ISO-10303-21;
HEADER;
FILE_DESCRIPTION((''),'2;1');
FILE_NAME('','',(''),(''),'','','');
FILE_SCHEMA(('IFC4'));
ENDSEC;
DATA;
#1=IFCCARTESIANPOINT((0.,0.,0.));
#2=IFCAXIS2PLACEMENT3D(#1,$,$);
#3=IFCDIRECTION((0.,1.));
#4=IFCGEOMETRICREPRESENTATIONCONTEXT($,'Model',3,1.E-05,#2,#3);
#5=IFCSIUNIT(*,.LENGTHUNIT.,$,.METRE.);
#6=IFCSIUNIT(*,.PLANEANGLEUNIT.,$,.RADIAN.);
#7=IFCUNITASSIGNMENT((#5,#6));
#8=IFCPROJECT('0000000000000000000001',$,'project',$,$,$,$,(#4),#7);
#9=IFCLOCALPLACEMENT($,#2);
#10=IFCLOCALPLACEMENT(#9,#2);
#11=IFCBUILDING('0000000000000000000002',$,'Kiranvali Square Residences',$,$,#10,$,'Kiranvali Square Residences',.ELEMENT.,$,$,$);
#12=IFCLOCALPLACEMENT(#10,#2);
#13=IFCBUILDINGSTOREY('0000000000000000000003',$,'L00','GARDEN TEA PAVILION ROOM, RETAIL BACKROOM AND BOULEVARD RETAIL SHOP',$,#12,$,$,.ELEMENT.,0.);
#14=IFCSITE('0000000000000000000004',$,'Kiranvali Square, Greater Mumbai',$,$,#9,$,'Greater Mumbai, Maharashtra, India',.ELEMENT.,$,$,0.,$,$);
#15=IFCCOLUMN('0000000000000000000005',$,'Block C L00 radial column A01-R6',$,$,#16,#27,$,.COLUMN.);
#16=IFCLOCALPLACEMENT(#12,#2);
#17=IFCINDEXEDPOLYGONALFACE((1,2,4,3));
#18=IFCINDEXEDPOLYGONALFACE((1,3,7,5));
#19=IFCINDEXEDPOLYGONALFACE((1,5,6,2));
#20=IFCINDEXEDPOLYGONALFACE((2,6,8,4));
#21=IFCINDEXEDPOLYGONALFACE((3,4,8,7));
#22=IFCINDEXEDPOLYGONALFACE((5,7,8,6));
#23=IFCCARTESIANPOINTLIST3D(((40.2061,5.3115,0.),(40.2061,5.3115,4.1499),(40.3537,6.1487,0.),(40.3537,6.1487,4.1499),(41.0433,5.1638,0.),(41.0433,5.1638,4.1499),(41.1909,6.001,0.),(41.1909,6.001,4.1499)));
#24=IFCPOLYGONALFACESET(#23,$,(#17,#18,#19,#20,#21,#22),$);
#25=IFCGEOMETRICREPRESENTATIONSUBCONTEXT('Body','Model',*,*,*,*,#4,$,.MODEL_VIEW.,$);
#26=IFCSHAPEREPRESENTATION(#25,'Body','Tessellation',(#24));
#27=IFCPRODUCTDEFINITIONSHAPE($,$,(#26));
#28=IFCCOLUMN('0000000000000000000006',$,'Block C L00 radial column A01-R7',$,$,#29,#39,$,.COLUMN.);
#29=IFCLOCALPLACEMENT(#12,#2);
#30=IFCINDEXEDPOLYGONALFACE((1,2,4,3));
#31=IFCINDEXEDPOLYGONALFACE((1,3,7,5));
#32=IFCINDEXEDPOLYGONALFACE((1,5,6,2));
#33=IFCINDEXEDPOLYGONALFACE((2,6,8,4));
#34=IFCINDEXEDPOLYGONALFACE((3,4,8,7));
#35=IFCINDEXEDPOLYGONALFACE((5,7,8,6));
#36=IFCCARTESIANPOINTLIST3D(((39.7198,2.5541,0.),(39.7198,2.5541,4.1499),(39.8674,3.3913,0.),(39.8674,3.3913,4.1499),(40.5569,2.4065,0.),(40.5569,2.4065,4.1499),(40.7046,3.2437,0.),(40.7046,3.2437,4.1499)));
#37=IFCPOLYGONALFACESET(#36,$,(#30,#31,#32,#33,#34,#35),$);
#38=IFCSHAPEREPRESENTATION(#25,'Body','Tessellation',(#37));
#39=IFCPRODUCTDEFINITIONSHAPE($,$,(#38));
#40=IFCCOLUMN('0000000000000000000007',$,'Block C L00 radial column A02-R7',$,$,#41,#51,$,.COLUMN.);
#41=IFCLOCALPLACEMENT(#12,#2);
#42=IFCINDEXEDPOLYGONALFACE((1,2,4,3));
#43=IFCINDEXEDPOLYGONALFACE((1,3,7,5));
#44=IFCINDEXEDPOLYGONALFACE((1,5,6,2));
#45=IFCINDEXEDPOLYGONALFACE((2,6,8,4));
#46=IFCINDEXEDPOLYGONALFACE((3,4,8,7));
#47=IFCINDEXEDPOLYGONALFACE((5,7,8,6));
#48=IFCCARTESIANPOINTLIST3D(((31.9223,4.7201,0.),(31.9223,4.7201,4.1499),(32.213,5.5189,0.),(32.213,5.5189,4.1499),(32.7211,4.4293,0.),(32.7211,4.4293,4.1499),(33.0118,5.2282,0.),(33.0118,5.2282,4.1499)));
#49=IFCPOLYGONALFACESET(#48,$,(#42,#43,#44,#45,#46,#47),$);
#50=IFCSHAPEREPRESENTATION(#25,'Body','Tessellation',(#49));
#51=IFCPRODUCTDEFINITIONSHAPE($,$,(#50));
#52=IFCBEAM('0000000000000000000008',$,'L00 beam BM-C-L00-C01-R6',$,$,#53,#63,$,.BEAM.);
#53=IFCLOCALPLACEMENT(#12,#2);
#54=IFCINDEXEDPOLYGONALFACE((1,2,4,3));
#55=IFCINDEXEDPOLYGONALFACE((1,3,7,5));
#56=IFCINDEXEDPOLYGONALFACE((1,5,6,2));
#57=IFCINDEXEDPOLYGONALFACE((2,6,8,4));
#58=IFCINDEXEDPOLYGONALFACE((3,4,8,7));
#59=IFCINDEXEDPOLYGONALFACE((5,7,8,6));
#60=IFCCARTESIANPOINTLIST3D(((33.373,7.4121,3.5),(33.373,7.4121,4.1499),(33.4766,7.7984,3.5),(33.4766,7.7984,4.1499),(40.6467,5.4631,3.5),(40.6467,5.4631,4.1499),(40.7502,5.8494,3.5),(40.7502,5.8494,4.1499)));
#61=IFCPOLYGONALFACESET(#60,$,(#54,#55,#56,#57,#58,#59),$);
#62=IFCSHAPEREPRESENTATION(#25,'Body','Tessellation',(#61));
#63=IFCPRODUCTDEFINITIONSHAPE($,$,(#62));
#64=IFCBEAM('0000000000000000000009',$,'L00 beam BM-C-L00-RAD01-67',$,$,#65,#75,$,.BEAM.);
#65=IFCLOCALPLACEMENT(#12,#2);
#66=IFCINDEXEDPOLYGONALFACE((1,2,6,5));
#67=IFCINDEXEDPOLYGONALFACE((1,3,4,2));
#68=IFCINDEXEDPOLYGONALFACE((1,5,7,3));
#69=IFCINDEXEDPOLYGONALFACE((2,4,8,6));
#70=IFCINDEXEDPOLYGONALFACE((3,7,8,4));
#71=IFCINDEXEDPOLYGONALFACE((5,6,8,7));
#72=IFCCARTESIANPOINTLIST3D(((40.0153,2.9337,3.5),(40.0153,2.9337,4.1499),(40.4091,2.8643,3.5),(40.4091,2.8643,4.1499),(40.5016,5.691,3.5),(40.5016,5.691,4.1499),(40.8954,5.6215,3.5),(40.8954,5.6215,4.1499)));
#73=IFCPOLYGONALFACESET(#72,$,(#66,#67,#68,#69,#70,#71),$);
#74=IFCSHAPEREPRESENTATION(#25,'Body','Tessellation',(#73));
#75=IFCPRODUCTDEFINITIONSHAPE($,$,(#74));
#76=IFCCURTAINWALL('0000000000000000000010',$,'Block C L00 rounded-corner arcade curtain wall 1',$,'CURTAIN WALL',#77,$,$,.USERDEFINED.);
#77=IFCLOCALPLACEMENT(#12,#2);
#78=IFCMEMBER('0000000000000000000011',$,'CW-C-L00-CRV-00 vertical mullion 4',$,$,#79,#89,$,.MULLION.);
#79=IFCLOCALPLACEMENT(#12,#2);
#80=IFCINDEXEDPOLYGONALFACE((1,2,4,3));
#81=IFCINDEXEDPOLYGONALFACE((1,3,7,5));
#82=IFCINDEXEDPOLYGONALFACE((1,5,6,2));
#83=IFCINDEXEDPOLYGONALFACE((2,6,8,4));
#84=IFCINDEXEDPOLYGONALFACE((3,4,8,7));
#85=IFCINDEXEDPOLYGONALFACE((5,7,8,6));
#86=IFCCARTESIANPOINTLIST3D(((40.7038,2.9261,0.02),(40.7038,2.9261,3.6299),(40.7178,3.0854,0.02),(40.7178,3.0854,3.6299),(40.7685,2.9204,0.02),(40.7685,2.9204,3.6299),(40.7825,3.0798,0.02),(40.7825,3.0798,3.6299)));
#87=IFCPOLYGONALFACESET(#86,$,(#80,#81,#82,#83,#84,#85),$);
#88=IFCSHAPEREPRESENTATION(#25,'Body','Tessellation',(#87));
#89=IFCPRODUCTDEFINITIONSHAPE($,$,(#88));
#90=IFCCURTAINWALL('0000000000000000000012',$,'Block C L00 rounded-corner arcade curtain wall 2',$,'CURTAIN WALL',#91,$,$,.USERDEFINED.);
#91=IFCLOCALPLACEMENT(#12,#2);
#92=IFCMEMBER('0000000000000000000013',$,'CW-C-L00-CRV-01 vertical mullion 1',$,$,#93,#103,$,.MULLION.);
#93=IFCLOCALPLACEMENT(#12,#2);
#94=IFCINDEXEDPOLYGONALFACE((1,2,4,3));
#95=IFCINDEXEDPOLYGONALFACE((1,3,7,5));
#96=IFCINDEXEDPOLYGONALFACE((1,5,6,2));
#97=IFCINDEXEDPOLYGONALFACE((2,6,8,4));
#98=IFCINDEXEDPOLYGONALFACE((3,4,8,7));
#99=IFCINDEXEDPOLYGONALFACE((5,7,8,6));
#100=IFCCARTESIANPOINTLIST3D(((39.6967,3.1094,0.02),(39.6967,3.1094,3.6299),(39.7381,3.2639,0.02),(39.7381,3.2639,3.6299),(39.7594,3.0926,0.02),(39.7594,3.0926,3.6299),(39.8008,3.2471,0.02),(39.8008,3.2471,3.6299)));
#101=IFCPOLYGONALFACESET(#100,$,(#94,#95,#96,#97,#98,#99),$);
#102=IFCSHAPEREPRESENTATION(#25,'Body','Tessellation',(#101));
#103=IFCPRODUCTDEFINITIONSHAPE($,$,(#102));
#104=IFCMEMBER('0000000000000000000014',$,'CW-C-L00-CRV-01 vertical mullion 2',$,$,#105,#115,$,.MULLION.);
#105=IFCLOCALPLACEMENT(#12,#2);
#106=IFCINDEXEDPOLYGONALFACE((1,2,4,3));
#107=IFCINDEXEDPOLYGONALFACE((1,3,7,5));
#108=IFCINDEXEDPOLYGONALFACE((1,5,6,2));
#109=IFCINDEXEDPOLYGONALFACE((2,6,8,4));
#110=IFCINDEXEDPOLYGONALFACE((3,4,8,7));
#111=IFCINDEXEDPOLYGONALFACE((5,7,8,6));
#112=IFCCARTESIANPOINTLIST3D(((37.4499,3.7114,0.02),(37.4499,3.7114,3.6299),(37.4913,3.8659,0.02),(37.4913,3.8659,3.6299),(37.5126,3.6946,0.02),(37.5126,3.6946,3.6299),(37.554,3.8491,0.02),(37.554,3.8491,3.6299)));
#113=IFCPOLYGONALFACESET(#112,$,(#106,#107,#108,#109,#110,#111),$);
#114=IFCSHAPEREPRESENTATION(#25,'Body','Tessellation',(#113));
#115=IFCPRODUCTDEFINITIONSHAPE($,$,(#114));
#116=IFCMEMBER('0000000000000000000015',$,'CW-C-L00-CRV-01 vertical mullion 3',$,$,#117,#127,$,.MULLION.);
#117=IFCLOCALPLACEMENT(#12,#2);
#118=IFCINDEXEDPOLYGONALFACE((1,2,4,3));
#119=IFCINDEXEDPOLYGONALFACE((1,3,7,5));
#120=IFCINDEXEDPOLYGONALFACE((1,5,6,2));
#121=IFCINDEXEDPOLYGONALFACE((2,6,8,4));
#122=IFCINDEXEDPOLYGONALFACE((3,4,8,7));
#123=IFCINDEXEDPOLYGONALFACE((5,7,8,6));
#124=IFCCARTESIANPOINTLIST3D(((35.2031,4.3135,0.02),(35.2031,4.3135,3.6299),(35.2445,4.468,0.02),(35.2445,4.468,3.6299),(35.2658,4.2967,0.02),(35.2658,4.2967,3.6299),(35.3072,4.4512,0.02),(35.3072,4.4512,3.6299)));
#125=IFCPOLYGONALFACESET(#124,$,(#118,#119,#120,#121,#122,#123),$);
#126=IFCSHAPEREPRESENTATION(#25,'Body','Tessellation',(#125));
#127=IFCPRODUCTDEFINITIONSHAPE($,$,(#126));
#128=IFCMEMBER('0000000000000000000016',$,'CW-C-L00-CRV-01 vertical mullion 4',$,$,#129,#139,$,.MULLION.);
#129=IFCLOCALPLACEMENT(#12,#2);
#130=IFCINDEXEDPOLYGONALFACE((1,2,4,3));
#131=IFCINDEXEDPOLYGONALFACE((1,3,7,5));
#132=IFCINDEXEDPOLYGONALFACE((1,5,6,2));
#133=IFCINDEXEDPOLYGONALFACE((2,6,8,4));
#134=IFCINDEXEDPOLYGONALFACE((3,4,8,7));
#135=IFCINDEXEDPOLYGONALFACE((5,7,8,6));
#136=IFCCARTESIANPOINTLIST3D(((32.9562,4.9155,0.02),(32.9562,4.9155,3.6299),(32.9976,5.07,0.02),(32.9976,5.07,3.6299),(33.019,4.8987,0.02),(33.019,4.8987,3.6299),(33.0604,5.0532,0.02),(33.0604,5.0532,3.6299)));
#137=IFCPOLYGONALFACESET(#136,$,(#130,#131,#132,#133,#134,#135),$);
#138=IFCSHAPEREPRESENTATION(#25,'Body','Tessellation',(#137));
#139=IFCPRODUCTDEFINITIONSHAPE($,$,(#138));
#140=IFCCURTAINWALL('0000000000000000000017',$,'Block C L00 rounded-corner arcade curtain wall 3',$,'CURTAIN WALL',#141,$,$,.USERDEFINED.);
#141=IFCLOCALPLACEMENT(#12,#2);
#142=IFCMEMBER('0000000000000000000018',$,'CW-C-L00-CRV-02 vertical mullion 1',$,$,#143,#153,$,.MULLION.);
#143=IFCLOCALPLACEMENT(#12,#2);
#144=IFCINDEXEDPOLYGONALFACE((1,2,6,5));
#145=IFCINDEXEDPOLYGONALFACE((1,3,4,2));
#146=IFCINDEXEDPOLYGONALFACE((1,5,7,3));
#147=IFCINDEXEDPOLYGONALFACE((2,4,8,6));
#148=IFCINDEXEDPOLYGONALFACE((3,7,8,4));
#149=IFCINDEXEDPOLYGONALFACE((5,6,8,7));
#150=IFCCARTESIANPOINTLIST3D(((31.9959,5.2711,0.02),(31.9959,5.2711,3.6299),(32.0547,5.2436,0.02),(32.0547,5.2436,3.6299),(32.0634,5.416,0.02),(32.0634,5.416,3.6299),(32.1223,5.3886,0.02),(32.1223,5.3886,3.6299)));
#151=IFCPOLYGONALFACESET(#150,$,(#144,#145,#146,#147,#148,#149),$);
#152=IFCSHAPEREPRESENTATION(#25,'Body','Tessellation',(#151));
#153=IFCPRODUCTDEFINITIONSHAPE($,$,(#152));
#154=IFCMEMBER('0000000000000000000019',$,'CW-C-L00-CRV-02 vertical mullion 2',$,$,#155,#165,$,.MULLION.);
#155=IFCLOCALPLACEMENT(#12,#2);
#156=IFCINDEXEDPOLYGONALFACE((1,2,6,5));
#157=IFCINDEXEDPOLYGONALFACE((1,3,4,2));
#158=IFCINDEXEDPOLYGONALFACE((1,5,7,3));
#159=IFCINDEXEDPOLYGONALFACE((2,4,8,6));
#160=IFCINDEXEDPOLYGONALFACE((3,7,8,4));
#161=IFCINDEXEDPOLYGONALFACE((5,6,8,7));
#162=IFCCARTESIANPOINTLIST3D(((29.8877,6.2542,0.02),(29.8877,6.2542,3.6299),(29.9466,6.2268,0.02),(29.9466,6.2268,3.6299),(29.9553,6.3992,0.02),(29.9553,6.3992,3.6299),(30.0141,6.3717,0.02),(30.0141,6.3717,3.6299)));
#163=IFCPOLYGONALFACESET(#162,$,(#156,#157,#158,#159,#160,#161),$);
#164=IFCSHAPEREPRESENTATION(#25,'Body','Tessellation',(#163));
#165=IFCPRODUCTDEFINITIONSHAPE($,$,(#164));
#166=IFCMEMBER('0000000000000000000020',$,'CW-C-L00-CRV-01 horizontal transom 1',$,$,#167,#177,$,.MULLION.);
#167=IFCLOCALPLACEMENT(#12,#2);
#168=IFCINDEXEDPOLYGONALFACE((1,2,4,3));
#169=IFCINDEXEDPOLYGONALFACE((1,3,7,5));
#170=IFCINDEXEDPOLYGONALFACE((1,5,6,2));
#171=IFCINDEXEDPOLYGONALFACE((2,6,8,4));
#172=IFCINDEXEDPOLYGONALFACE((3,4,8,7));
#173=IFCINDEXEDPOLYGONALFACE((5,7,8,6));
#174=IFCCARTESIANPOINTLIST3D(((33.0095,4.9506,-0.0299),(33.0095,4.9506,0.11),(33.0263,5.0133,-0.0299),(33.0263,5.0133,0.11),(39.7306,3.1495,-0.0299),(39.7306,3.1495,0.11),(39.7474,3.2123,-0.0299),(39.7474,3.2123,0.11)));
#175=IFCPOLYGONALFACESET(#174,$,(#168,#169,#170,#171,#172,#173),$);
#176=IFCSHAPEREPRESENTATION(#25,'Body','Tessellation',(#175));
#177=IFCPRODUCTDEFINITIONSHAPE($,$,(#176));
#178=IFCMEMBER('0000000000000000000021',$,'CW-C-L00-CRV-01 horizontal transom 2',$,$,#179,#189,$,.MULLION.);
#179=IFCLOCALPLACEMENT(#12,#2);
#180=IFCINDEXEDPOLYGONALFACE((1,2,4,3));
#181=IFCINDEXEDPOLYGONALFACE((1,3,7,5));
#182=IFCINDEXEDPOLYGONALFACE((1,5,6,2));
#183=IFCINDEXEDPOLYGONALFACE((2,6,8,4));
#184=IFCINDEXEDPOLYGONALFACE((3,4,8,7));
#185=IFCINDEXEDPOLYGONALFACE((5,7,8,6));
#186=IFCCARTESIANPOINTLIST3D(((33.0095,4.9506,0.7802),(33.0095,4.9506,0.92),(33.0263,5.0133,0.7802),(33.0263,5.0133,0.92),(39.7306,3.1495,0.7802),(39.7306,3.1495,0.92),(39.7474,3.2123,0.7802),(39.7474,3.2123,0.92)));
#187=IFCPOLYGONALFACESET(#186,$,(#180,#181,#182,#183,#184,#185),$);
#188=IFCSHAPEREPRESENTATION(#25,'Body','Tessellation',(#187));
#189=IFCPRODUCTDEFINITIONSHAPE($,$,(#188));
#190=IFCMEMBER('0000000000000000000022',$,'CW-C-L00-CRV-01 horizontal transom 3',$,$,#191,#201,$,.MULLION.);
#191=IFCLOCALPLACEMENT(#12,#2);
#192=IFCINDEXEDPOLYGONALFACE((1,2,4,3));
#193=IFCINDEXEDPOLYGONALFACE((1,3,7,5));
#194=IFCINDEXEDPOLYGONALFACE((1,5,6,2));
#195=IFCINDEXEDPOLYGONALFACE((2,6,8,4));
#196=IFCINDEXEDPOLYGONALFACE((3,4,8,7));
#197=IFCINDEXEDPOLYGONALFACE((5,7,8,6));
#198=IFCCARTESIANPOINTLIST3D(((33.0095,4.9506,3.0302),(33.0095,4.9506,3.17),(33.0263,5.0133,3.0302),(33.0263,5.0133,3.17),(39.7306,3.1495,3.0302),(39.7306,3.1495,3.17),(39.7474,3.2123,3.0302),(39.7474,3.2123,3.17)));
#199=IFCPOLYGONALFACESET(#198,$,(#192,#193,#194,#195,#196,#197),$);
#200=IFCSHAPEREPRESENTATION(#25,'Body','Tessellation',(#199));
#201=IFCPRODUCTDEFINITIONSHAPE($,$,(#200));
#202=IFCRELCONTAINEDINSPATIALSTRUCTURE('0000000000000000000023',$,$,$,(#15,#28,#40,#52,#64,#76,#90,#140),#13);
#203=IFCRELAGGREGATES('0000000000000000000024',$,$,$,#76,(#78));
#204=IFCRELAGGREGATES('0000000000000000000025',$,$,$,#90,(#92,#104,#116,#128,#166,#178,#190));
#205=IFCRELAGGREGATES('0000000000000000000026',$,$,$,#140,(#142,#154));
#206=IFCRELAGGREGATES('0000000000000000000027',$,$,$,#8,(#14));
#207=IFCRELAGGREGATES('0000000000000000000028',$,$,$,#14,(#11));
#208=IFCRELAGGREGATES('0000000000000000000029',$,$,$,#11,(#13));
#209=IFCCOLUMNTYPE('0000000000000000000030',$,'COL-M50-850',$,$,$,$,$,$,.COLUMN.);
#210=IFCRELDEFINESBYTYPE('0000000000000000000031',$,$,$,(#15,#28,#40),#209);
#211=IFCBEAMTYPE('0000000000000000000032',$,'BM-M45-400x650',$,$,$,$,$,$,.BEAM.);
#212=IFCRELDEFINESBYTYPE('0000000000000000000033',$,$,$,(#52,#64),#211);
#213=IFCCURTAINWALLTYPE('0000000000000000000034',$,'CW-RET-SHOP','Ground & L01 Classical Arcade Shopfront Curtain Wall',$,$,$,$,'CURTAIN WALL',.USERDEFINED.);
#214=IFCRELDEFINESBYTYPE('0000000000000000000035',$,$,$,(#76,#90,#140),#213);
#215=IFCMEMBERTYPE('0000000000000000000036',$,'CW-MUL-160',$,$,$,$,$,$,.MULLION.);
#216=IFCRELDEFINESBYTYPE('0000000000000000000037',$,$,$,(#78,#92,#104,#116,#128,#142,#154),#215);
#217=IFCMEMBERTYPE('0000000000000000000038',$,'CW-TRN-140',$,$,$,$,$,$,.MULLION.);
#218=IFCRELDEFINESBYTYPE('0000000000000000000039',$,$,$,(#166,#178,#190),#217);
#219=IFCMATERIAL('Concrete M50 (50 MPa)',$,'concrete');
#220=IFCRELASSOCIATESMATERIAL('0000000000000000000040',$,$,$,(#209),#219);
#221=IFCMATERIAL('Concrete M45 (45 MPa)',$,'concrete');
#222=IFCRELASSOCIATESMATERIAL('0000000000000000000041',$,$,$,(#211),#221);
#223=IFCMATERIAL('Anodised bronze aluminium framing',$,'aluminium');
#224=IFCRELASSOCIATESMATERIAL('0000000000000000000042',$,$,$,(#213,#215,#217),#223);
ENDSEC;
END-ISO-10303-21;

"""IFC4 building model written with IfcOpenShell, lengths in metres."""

from ifc_helpers import new_model, si_unit, direction, frame, origin, origin_2d, place, context, subcontext, project, spatial, rectangle, extrude, material, material_profile, profile_set, type_object, element, aggregate, save


model = new_model("IFC4")

# Units and contexts
model_context = context("Model", 3, precision=1e-05, world=origin(), true_north=direction((0.0, 1.0)))
body_context = subcontext(model_context, "Body", "Model", "MODEL_VIEW")
ifc_project = project(units=[si_unit("LENGTHUNIT", "METRE"), si_unit("PLANEANGLEUNIT", "RADIAN")], contexts=[model_context])

# Site, building, storey
site_placement = place(None, origin())
site = spatial("IfcSite", under=ifc_project, at=site_placement, Name="Kiranvali Square, Greater Mumbai", LongName="Greater Mumbai, Maharashtra, India", CompositionType="ELEMENT", RefElevation=0.0)
building_placement = place(site_placement, origin())
building = spatial("IfcBuilding", under=site, at=building_placement, Name="Kiranvali Square Residences", LongName="Kiranvali Square Residences", CompositionType="ELEMENT")
storey_placement = place(building_placement, origin())
storey = spatial("IfcBuildingStorey", under=building, at=storey_placement, Name="L00", Description="GARDEN TEA PAVILION ROOM, RETAIL BACKROOM AND BOULEVARD RETAIL SHOP", CompositionType="ELEMENT", Elevation=0.0)

# Columns
ifc_material_1 = material(Name="Concrete M50 (50 MPa)", Category="concrete")
ifc_material_profile_1 = material_profile(ifc_material_1, rectangle(XDim=0.8501, YDim=0.8501, at=origin_2d()), Name="RC 850x850")
ifc_profile_set_1 = profile_set([ifc_material_profile_1], Name="Concrete M50 (50 MPa)")
column_type = type_object("IfcColumnType", Name="COL-M50-850", PredefinedType="COLUMN", material=ifc_profile_set_1)
for number, where, z_axis, x_axis, name in (
    (1, (40.6985, 5.6562, 0.0), (0.0, 0.0, 1.0), (-0.984808, 0.173648, 0.0), "Block C L00 radial column A01-R6"),
    (2, (40.2122, 2.8989, 0.0), (0.0, 0.0, 1.0), (-0.984808, 0.173648, 0.0), "Block C L00 radial column A01-R7"),
    (3, (32.467, 4.9741, 0.0), (0.0, 0.0, 1.0), (-0.939693, 0.34202, 0.0), "Block C L00 radial column A02-R7"),
):
    element("IfcColumn", number, at=place(storey_placement, frame(where, z_axis=z_axis, x_axis=x_axis)), inside=storey, type_object=column_type, Name=name, PredefinedType="COLUMN", context=body_context, shape_type="SweptSolid", body=[
        extrude(rectangle(XDim=0.8501, YDim=0.8501, at=origin_2d()), origin(), (0.0, 0.0, 1.0), 4.1499),
    ])

# Beams
ifc_material_2 = material(Name="Concrete M45 (45 MPa)", Category="concrete")
ifc_material_profile_2 = material_profile(ifc_material_2, rectangle(XDim=0.3999, YDim=0.6499, at=origin_2d()), Name="RC 400x650")
ifc_profile_set_2 = profile_set([ifc_material_profile_2], Name="Concrete M45 (45 MPa)")
beam_type_1 = type_object("IfcBeamType", Name="BM-M45-400x650", PredefinedType="BEAM", material=ifc_profile_set_2)
beam_1_placement = place(storey_placement, frame((40.6985, 5.6562, 3.825), z_axis=(-0.965926, 0.258819, 0.0), x_axis=(-0.258819, -0.965926, 0.0)))
element("IfcBeam", 4, at=beam_1_placement, inside=storey, type_object=beam_type_1, Name="L00 beam BM-C-L00-C01-R6", PredefinedType="BEAM", context=body_context, shape_type="SweptSolid", body=[
    extrude(rectangle(XDim=0.3999, YDim=0.6499, at=origin_2d()), origin(), (0.0, 0.0, 1.0), 7.5303),
])
beam_2_placement = place(storey_placement, frame((40.6985, 5.6562, 3.825), z_axis=(-0.173696, -0.984799, 0.0), x_axis=(0.984799, -0.173696, 0.0)))
element("IfcBeam", 5, at=beam_2_placement, inside=storey, type_object=beam_type_1, Name="L00 beam BM-C-L00-RAD01-67", PredefinedType="BEAM", context=body_context, shape_type="SweptSolid", body=[
    extrude(rectangle(XDim=0.3999, YDim=0.6499, at=origin_2d()), origin(), (0.0, 0.0, 1.0), 2.7998),
])

# Curtain wall, member
ifc_material_3 = material(Name="Anodised bronze aluminium framing", Category="aluminium")
curtain_wall_type = type_object("IfcCurtainWallType", Name="CW-RET-SHOP", Description="Ground & L01 Classical Arcade Shopfront Curtain Wall", ElementType="CURTAIN WALL", PredefinedType="USERDEFINED", material=ifc_material_3)
curtain_wall_1_placement = place(storey_placement, origin())
curtain_wall_1 = element("IfcCurtainWall", 6, at=curtain_wall_1_placement, inside=storey, type_object=curtain_wall_type, Name="Block C L00 rounded-corner arcade curtain wall 1", ObjectType="CURTAIN WALL", PredefinedType="USERDEFINED")
ifc_material_profile_3 = material_profile(ifc_material_3, rectangle(XDim=0.0649, YDim=0.1599, at=origin_2d()), Name="ALU 65x160")
ifc_profile_set_3 = profile_set([ifc_material_profile_3], Name="Anodised bronze aluminium framing")
member_type_1 = type_object("IfcMemberType", Name="CW-MUL-160", PredefinedType="MULLION", material=ifc_profile_set_3)
member_1_placement = place(storey_placement, frame((40.7432, 3.0029, 0.02), z_axis=(0.0, 0.0, 1.0), x_axis=(-0.996195, 0.087156, 0.0)))
member_1 = element("IfcMember", 7, at=member_1_placement, type_object=member_type_1, Name="CW-C-L00-CRV-00 vertical mullion 4", PredefinedType="MULLION", context=body_context, shape_type="SweptSolid", body=[
    extrude(rectangle(XDim=0.0649, YDim=0.1599, at=origin_2d()), origin(), (0.0, 0.0, 1.0), 3.6099),
])
aggregate(curtain_wall_1, [member_1])

# Curtain walls, members
curtain_wall_2_placement = place(storey_placement, origin())
curtain_wall_2 = element("IfcCurtainWall", 8, at=curtain_wall_2_placement, inside=storey, type_object=curtain_wall_type, Name="Block C L00 rounded-corner arcade curtain wall 2", ObjectType="CURTAIN WALL", PredefinedType="USERDEFINED")
member_2_placement = place(storey_placement, frame((39.7488, 3.1782, 0.02), z_axis=(0.0, 0.0, 1.0), x_axis=(-0.965926, 0.258819, 0.0)))
member_2 = element("IfcMember", 9, at=member_2_placement, type_object=member_type_1, Name="CW-C-L00-CRV-01 vertical mullion 1", PredefinedType="MULLION", context=body_context, shape_type="SweptSolid", body=[
    extrude(rectangle(XDim=0.0649, YDim=0.1599, at=origin_2d()), origin(), (0.0, 0.0, 1.0), 3.6099),
])
member_3_placement = place(storey_placement, frame((37.502, 3.7803, 0.02), z_axis=(0.0, 0.0, 1.0), x_axis=(-0.965926, 0.258819, 0.0)))
member_3 = element("IfcMember", 10, at=member_3_placement, type_object=member_type_1, Name="CW-C-L00-CRV-01 vertical mullion 2", PredefinedType="MULLION", context=body_context, shape_type="SweptSolid", body=[
    extrude(rectangle(XDim=0.0649, YDim=0.1599, at=origin_2d()), origin(), (0.0, 0.0, 1.0), 3.6099),
])
member_4_placement = place(storey_placement, frame((35.2551, 4.3823, 0.02), z_axis=(0.0, 0.0, 1.0), x_axis=(-0.965926, 0.258819, 0.0)))
member_4 = element("IfcMember", 11, at=member_4_placement, type_object=member_type_1, Name="CW-C-L00-CRV-01 vertical mullion 3", PredefinedType="MULLION", context=body_context, shape_type="SweptSolid", body=[
    extrude(rectangle(XDim=0.0649, YDim=0.1599, at=origin_2d()), origin(), (0.0, 0.0, 1.0), 3.6099),
])
member_5_placement = place(storey_placement, frame((33.0083, 4.9844, 0.02), z_axis=(0.0, 0.0, 1.0), x_axis=(-0.965926, 0.258819, 0.0)))
member_5 = element("IfcMember", 12, at=member_5_placement, type_object=member_type_1, Name="CW-C-L00-CRV-01 vertical mullion 4", PredefinedType="MULLION", context=body_context, shape_type="SweptSolid", body=[
    extrude(rectangle(XDim=0.0649, YDim=0.1599, at=origin_2d()), origin(), (0.0, 0.0, 1.0), 3.6099),
])
curtain_wall_3_placement = place(storey_placement, origin())
curtain_wall_3 = element("IfcCurtainWall", 13, at=curtain_wall_3_placement, inside=storey, type_object=curtain_wall_type, Name="Block C L00 rounded-corner arcade curtain wall 3", ObjectType="CURTAIN WALL", PredefinedType="USERDEFINED")
member_6_placement = place(storey_placement, frame((32.0591, 5.3298, 0.02), z_axis=(0.0, 0.0, 1.0), x_axis=(-0.906308, 0.422618, 0.0)))
member_6 = element("IfcMember", 14, at=member_6_placement, type_object=member_type_1, Name="CW-C-L00-CRV-02 vertical mullion 1", PredefinedType="MULLION", context=body_context, shape_type="SweptSolid", body=[
    extrude(rectangle(XDim=0.0649, YDim=0.1599, at=origin_2d()), origin(), (0.0, 0.0, 1.0), 3.6099),
])
member_7_placement = place(storey_placement, frame((29.9509, 6.313, 0.02), z_axis=(0.0, 0.0, 1.0), x_axis=(-0.906308, 0.422618, 0.0)))
member_7 = element("IfcMember", 15, at=member_7_placement, type_object=member_type_1, Name="CW-C-L00-CRV-02 vertical mullion 2", PredefinedType="MULLION", context=body_context, shape_type="SweptSolid", body=[
    extrude(rectangle(XDim=0.0649, YDim=0.1599, at=origin_2d()), origin(), (0.0, 0.0, 1.0), 3.6099),
])

# Members
ifc_material_profile_4 = material_profile(ifc_material_3, rectangle(XDim=0.0649, YDim=0.1399, at=origin_2d()), Name="ALU 65x140")
ifc_profile_set_4 = profile_set([ifc_material_profile_4], Name="Anodised bronze aluminium framing")
member_type_2 = type_object("IfcMemberType", Name="CW-TRN-140", PredefinedType="MULLION", material=ifc_profile_set_4)
member_8_placement = place(storey_placement, frame((39.739, 3.1809, 0.04), z_axis=(-0.965923, 0.258831, 0.0), x_axis=(-0.258831, -0.965923, 0.0)))
member_8 = element("IfcMember", 16, at=member_8_placement, type_object=member_type_2, Name="CW-C-L00-CRV-01 horizontal transom 1", PredefinedType="MULLION", context=body_context, shape_type="SweptSolid", body=[
    extrude(rectangle(XDim=0.0649, YDim=0.1399, at=origin_2d()), origin(), (0.0, 0.0, 1.0), 6.9583),
])
member_9_placement = place(storey_placement, frame((39.739, 3.1809, 0.8501), z_axis=(-0.965923, 0.258831, 0.0), x_axis=(-0.258831, -0.965923, 0.0)))
member_9 = element("IfcMember", 17, at=member_9_placement, type_object=member_type_2, Name="CW-C-L00-CRV-01 horizontal transom 2", PredefinedType="MULLION", context=body_context, shape_type="SweptSolid", body=[
    extrude(rectangle(XDim=0.0649, YDim=0.1399, at=origin_2d()), origin(), (0.0, 0.0, 1.0), 6.9583),
])
member_10_placement = place(storey_placement, frame((39.739, 3.1809, 3.1001), z_axis=(-0.965923, 0.258831, 0.0), x_axis=(-0.258831, -0.965923, 0.0)))
member_10 = element("IfcMember", 18, at=member_10_placement, type_object=member_type_2, Name="CW-C-L00-CRV-01 horizontal transom 3", PredefinedType="MULLION", context=body_context, shape_type="SweptSolid", body=[
    extrude(rectangle(XDim=0.0649, YDim=0.1399, at=origin_2d()), origin(), (0.0, 0.0, 1.0), 6.9583),
])

aggregate(curtain_wall_2, [member_2, member_3, member_4, member_5, member_8, member_9, member_10])
aggregate(curtain_wall_3, [member_6, member_7])

save(model, "model.ifc")
